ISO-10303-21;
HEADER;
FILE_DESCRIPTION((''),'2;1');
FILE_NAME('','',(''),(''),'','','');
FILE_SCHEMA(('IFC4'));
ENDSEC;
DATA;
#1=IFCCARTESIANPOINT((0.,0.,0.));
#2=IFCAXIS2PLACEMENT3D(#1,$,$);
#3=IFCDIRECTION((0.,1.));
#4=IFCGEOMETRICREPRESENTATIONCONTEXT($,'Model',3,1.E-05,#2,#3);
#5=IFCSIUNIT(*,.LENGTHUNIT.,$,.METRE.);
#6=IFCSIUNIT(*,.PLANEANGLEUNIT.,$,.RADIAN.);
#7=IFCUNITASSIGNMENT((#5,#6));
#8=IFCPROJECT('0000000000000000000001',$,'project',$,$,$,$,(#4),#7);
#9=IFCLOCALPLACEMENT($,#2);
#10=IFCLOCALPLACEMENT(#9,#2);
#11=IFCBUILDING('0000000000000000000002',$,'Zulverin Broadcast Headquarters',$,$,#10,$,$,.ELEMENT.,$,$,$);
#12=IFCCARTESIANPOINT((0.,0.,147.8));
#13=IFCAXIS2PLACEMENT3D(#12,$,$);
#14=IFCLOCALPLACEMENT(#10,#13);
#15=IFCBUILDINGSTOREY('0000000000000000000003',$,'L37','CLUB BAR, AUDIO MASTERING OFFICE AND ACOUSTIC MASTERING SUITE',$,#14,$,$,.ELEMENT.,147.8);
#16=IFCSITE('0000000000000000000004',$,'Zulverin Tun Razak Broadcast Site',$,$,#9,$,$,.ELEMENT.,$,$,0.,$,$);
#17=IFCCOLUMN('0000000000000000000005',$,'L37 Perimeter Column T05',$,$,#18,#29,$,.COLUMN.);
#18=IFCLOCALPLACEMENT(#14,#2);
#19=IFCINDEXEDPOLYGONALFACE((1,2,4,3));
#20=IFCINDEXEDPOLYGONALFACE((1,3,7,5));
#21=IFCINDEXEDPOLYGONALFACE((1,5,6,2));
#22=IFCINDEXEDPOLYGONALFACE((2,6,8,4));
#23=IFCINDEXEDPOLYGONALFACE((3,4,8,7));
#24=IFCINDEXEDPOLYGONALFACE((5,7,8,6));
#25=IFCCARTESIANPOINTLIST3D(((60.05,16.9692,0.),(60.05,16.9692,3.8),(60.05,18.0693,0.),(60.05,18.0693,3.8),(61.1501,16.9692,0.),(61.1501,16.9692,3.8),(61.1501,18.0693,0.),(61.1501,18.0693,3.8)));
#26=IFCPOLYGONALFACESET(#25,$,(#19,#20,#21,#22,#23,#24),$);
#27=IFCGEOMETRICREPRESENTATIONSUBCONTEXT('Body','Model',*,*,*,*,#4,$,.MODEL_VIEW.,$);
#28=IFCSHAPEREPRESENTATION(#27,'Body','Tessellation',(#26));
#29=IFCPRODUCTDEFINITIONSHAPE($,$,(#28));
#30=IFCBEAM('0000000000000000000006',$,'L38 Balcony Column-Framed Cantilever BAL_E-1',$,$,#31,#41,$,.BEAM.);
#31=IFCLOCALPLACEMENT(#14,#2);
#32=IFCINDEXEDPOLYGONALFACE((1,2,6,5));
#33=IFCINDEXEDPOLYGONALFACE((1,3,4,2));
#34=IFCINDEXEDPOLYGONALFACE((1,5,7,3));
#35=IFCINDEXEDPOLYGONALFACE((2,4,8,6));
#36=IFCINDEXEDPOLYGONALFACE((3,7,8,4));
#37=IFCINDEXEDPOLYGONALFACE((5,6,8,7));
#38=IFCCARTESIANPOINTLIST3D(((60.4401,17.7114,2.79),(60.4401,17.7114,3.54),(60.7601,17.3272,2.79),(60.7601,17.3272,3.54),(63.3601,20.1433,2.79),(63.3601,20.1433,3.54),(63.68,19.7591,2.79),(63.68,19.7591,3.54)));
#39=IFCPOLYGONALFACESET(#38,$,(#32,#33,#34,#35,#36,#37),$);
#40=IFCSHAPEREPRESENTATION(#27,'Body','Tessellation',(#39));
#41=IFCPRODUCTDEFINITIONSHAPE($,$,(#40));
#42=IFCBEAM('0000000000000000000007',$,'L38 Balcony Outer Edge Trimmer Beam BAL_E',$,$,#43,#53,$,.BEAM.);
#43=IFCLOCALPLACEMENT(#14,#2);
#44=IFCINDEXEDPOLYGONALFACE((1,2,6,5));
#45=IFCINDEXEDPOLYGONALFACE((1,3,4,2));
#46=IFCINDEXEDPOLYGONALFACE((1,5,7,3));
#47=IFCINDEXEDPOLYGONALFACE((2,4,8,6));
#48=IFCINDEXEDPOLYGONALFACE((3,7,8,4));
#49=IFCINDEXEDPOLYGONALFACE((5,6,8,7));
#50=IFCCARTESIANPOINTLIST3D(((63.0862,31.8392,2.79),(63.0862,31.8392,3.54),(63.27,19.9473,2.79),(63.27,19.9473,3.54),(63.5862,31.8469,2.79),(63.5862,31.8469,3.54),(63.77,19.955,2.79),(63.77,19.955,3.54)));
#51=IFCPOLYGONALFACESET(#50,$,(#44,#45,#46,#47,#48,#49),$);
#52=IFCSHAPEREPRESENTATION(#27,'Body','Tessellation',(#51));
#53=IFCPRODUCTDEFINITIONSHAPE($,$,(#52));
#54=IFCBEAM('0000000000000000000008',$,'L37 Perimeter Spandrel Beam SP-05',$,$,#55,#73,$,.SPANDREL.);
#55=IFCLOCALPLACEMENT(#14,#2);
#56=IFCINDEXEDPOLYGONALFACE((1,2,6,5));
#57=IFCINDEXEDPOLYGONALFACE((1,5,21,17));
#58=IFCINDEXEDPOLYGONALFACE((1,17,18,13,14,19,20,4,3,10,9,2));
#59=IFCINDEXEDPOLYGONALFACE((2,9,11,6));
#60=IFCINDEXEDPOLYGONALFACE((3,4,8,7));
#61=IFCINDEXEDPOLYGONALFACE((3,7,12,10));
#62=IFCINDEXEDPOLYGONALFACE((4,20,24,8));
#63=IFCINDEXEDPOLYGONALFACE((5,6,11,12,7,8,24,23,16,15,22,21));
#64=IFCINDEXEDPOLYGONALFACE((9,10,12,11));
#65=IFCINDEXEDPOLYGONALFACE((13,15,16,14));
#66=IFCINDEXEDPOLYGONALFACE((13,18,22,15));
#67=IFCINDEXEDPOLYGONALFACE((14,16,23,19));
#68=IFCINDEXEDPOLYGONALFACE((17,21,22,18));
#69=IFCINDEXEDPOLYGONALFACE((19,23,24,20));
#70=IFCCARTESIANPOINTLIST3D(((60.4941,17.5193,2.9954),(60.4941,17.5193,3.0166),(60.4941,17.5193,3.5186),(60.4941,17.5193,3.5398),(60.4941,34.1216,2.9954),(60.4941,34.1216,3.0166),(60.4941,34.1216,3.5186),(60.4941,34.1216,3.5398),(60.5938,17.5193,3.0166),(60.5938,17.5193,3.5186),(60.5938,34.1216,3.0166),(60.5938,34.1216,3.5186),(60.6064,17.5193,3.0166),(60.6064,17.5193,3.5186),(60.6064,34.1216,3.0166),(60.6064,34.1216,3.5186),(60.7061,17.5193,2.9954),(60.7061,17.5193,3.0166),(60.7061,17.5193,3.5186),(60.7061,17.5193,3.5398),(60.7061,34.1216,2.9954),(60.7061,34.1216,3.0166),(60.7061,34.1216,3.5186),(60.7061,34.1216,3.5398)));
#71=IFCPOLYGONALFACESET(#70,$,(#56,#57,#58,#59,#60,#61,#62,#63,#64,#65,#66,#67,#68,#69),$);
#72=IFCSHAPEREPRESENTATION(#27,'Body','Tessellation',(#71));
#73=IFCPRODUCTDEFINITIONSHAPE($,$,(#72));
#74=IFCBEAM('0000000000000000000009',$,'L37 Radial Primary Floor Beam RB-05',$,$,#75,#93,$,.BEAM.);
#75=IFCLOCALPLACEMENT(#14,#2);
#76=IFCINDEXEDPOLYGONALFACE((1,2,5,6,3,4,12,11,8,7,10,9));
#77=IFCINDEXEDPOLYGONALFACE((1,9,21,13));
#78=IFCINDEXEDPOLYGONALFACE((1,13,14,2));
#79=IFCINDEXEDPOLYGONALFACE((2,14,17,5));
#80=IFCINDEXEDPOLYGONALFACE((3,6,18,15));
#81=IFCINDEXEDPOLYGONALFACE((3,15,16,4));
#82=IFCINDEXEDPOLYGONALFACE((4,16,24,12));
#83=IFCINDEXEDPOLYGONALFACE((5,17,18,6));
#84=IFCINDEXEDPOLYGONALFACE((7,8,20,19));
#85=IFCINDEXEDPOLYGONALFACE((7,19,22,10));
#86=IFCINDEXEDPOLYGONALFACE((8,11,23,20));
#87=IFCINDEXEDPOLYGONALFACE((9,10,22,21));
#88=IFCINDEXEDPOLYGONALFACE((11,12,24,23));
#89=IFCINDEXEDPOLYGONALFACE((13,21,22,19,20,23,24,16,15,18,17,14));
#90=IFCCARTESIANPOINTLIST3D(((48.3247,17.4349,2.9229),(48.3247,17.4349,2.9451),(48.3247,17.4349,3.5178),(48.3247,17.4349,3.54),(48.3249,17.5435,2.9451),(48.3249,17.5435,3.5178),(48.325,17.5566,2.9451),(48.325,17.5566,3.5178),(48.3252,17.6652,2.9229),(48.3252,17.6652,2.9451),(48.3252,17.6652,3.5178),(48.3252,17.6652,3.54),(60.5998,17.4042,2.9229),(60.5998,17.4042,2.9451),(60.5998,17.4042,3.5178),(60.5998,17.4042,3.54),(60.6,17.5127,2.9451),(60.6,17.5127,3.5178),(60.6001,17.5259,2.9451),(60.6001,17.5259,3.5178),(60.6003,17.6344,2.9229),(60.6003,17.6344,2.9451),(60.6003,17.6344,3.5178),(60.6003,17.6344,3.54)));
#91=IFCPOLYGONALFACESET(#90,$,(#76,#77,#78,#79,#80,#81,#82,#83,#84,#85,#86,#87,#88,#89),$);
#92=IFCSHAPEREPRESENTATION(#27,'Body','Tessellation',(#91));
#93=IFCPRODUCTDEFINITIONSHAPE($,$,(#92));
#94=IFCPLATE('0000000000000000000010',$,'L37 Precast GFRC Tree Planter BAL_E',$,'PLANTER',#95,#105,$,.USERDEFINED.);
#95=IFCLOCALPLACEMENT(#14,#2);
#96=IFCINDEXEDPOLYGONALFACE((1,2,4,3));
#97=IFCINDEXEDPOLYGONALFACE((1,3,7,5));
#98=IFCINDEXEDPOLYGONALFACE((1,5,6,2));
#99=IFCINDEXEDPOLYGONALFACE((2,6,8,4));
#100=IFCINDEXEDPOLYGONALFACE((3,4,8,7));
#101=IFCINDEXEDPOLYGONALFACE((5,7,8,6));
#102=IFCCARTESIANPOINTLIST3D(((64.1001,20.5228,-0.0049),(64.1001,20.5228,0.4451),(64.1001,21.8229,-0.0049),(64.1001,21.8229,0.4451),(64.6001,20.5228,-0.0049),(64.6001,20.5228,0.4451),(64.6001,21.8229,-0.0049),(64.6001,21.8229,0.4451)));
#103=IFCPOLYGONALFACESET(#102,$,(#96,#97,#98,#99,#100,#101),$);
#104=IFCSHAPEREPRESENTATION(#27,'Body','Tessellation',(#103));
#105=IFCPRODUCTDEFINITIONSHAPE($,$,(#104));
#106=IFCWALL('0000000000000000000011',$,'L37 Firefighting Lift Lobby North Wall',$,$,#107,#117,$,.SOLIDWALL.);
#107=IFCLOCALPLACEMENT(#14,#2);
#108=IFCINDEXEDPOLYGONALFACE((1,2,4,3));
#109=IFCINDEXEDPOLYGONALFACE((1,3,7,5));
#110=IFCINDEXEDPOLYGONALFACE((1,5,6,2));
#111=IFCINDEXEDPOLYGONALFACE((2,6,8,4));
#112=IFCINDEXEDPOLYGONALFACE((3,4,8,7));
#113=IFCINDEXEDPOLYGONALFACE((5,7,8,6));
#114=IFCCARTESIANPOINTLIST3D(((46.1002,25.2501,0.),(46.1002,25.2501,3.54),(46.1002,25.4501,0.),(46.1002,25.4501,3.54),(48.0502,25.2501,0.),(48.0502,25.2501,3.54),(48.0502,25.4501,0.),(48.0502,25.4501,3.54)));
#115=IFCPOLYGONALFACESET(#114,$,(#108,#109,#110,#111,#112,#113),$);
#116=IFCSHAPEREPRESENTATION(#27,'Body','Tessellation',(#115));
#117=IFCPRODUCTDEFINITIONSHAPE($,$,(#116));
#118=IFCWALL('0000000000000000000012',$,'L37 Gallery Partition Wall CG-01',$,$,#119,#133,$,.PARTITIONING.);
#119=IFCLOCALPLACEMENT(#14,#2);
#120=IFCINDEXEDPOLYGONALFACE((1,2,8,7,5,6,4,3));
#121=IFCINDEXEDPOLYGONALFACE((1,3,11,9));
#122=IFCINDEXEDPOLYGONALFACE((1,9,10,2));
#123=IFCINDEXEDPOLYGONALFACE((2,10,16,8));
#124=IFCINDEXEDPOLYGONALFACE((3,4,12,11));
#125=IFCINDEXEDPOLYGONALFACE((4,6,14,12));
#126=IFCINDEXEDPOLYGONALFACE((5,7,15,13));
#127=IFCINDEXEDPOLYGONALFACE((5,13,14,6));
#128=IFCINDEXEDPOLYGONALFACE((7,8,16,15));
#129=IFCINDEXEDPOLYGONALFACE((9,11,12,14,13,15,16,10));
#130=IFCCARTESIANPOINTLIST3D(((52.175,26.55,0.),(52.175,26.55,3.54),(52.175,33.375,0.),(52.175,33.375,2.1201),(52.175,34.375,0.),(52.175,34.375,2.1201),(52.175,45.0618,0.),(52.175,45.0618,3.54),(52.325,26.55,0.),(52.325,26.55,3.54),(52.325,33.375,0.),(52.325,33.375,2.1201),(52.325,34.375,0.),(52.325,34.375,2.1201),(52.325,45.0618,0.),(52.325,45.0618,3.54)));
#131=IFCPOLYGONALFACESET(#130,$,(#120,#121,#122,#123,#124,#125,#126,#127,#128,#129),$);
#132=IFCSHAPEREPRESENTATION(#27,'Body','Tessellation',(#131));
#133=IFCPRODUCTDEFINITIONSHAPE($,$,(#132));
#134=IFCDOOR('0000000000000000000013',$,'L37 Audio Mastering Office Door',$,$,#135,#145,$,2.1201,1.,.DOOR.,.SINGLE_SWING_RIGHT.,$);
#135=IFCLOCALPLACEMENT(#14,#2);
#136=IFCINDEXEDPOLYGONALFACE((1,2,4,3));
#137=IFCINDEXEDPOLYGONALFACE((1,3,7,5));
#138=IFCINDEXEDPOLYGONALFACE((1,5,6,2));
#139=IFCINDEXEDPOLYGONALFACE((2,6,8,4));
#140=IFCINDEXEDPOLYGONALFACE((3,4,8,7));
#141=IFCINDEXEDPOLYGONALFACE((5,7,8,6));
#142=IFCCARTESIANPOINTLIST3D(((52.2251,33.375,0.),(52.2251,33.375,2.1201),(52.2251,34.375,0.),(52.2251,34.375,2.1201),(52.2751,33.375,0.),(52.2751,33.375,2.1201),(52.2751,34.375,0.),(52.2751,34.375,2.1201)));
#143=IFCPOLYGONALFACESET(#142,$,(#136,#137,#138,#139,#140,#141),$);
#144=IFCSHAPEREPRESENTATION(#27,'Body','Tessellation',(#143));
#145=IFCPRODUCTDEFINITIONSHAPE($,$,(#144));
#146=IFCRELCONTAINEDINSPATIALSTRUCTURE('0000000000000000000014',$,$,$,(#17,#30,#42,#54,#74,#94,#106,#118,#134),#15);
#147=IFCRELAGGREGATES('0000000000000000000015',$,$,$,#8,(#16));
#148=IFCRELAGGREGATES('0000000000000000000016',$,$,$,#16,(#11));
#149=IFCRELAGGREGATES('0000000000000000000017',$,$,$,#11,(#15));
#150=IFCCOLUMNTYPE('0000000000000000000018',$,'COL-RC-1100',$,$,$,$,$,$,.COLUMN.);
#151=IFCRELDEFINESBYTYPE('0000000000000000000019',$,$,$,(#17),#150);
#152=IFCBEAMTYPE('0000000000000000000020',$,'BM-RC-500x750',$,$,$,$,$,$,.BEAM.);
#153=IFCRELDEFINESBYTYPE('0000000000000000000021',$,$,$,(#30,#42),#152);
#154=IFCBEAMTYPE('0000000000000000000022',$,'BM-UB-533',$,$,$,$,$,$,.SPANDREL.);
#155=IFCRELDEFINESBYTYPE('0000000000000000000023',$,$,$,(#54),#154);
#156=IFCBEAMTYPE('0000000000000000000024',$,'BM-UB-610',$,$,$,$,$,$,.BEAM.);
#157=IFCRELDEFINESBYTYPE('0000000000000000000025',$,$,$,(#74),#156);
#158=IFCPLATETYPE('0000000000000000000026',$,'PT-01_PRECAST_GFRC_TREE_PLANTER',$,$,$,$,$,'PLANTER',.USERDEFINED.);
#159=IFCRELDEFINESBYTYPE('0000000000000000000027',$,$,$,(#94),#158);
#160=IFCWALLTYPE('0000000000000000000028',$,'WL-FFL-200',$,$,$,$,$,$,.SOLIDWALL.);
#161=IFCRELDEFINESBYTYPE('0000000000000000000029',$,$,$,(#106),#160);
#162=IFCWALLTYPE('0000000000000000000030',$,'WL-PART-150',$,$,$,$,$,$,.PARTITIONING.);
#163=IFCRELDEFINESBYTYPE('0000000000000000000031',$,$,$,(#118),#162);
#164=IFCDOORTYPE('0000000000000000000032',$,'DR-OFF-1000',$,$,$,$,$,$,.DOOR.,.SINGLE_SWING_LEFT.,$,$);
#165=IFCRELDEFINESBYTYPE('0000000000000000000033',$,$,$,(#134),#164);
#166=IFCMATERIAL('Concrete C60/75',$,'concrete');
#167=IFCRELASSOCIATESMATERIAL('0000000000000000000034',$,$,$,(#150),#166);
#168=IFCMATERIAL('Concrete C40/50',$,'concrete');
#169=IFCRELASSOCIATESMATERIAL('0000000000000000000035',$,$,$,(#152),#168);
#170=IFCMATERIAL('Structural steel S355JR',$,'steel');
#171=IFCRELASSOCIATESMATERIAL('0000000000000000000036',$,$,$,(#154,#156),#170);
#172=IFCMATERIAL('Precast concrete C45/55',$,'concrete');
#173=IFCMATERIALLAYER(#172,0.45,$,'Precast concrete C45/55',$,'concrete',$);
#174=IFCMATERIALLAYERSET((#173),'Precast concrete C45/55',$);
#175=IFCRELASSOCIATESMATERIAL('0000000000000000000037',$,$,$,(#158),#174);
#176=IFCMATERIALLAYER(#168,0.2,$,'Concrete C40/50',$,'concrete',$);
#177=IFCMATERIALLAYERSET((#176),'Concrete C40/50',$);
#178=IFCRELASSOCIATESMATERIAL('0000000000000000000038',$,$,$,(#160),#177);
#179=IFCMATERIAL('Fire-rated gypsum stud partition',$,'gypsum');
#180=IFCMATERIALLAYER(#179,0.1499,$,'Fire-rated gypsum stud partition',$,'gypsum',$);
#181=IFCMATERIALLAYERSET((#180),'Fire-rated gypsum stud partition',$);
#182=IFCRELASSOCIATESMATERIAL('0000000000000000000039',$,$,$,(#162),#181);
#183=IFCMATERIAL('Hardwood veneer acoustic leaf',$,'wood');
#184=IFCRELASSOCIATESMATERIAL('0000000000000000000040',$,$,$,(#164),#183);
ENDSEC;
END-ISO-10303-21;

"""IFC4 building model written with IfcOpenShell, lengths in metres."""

from ifc_helpers import new_model, si_unit, direction, frame, frame_2d, origin, origin_2d, place, context, subcontext, project, spatial, rectangle, i_section, extrude, material, layer, layer_set, material_profile, profile_set, type_object, element, fill, save


model = new_model("IFC4")

# Units and contexts
model_context = context("Model", 3, precision=1e-05, world=origin(), true_north=direction((0.0, 1.0)))
body_context = subcontext(model_context, "Body", "Model", "MODEL_VIEW")
ifc_project = project(units=[si_unit("LENGTHUNIT", "METRE"), si_unit("PLANEANGLEUNIT", "RADIAN")], contexts=[model_context])

# Site, building, storey
site_placement = place(None, origin())
site = spatial("IfcSite", under=ifc_project, at=site_placement, Name="Zulverin Tun Razak Broadcast Site", CompositionType="ELEMENT", RefElevation=0.0)
building_placement = place(site_placement, origin())
building = spatial("IfcBuilding", under=site, at=building_placement, Name="Zulverin Broadcast Headquarters", CompositionType="ELEMENT")
storey_placement = place(building_placement, frame((0.0, 0.0, 147.8)))
storey = spatial("IfcBuildingStorey", under=building, at=storey_placement, Name="L37", Description="CLUB BAR, AUDIO MASTERING OFFICE AND ACOUSTIC MASTERING SUITE", CompositionType="ELEMENT", Elevation=147.8)

# Column
ifc_material_1 = material(Name="Concrete C60/75", Category="concrete")
ifc_material_profile_1 = material_profile(ifc_material_1, rectangle(XDim=1.1001, YDim=1.1001, at=origin_2d()), Name="Concrete C60/75", Category="concrete")
ifc_profile_set_1 = profile_set([ifc_material_profile_1], Name="Concrete C60/75")
column_type = type_object("IfcColumnType", Name="COL-RC-1100", PredefinedType="COLUMN", material=ifc_profile_set_1)
column_placement = place(storey_placement, frame((60.6001, 17.5193, 0.0), z_axis=(0.0, 0.0, 1.0), x_axis=(1.0, 0.0, 0.0)))
element("IfcColumn", 1, at=column_placement, inside=storey, type_object=column_type, Name="L37 Perimeter Column T05", PredefinedType="COLUMN", context=body_context, shape_type="SweptSolid", body=[
    extrude(rectangle(XDim=1.1001, YDim=1.1001, at=origin_2d()), origin(), (0.0, 0.0, 1.0), 3.8),
])

# Beams
ifc_material_2 = material(Name="Concrete C40/50", Category="concrete")
ifc_material_profile_2 = material_profile(ifc_material_2, rectangle(XDim=0.5, YDim=0.75, at=origin_2d()), Name="Concrete C40/50", Category="concrete")
ifc_profile_set_2 = profile_set([ifc_material_profile_2], Name="Concrete C40/50")
beam_type_1 = type_object("IfcBeamType", Name="BM-RC-500x750", PredefinedType="BEAM", material=ifc_profile_set_2)
beam_1_placement = place(storey_placement, frame((60.6001, 17.5193, 3.165), z_axis=(0.7684, 0.63997, 0.0), x_axis=(-0.63997, 0.7684, 0.0)))
element("IfcBeam", 2, at=beam_1_placement, inside=storey, type_object=beam_type_1, Name="L38 Balcony Column-Framed Cantilever BAL_E-1", PredefinedType="BEAM", context=body_context, shape_type="SweptSolid", body=[
    extrude(rectangle(XDim=0.5, YDim=0.75, at=origin_2d()), origin(), (0.0, 0.0, 1.0), 3.8),
])
beam_2_placement = place(storey_placement, frame((63.52, 19.9512, 3.165), z_axis=(-0.015457, 0.999881, 0.0), x_axis=(-0.999881, -0.015457, 0.0)))
element("IfcBeam", 3, at=beam_2_placement, inside=storey, type_object=beam_type_1, Name="L38 Balcony Outer Edge Trimmer Beam BAL_E", PredefinedType="BEAM", context=body_context, shape_type="SweptSolid", body=[
    extrude(rectangle(XDim=0.5, YDim=0.75, at=origin_2d()), origin(), (0.0, 0.0, 1.0), 11.8933),
])
ifc_material_3 = material(Name="Structural steel S355JR", Category="steel")
ifc_material_profile_3 = material_profile(ifc_material_3, i_section(OverallWidth=0.2119, OverallDepth=0.5444, WebThickness=0.0127, FlangeThickness=0.0212, at=origin_2d()), Name="Structural steel S355JR", Category="steel")
ifc_profile_set_3 = profile_set([ifc_material_profile_3], Name="Structural steel S355JR")
beam_type_2 = type_object("IfcBeamType", Name="BM-UB-533", PredefinedType="SPANDREL", material=ifc_profile_set_3)
beam_3_placement = place(storey_placement, frame((60.6001, 17.5193, 3.2676), z_axis=(0.0, 1.0, 0.0), x_axis=(-1.0, 0.0, 0.0)))
element("IfcBeam", 4, at=beam_3_placement, inside=storey, type_object=beam_type_2, Name="L37 Perimeter Spandrel Beam SP-05", PredefinedType="SPANDREL", context=body_context, shape_type="SweptSolid", body=[
    extrude(i_section(OverallWidth=0.2119, OverallDepth=0.5444, WebThickness=0.0127, FlangeThickness=0.0212, at=origin_2d()), origin(), (0.0, 0.0, 1.0), 16.6023),
])
ifc_material_profile_4 = material_profile(ifc_material_3, i_section(OverallWidth=0.2302, OverallDepth=0.6172, WebThickness=0.0132, FlangeThickness=0.0222, at=origin_2d()), Name="Structural steel S355JR", Category="steel")
ifc_profile_set_4 = profile_set([ifc_material_profile_4], Name="Structural steel S355JR")
beam_type_3 = type_object("IfcBeamType", Name="BM-UB-610", PredefinedType="BEAM", material=ifc_profile_set_4)
beam_4_placement = place(storey_placement, frame((48.325, 17.55, 3.2314), z_axis=(0.999997, -0.002506, 0.0), x_axis=(0.002506, 0.999997, 0.0)))
element("IfcBeam", 5, at=beam_4_placement, inside=storey, type_object=beam_type_3, Name="L37 Radial Primary Floor Beam RB-05", PredefinedType="BEAM", context=body_context, shape_type="SweptSolid", body=[
    extrude(i_section(OverallWidth=0.2302, OverallDepth=0.6172, WebThickness=0.0132, FlangeThickness=0.0222, at=origin_2d()), origin(), (0.0, 0.0, 1.0), 12.2751),
])

# Plate
ifc_material_4 = material(Name="Precast concrete C45/55", Category="concrete")
ifc_layer_1 = layer(ifc_material_4, 0.45, Name="Precast concrete C45/55", Category="concrete")
ifc_layer_set_1 = layer_set([ifc_layer_1], Name="Precast concrete C45/55")
plate_type = type_object("IfcPlateType", Name="PT-01_PRECAST_GFRC_TREE_PLANTER", ElementType="PLANTER", PredefinedType="USERDEFINED", material=ifc_layer_set_1)
plate_placement = place(storey_placement, frame((64.3501, 21.1729, -0.0049), z_axis=(0.0, 0.0, 1.0), x_axis=(0.0, 1.0, 0.0)))
element("IfcPlate", 6, at=plate_placement, inside=storey, type_object=plate_type, Name="L37 Precast GFRC Tree Planter BAL_E", ObjectType="PLANTER", PredefinedType="USERDEFINED", context=body_context, shape_type="SweptSolid", body=[
    extrude(rectangle(XDim=1.3, YDim=0.5, at=origin_2d()), origin(), (0.0, 0.0, 1.0), 0.45),
])

# Wall
ifc_layer_2 = layer(ifc_material_2, 0.2, Name="Concrete C40/50", Category="concrete")
ifc_layer_set_2 = layer_set([ifc_layer_2], Name="Concrete C40/50")
wall_type_1 = type_object("IfcWallType", Name="WL-FFL-200", PredefinedType="SOLIDWALL", material=ifc_layer_set_2)
wall_1_placement = place(storey_placement, frame((46.1001, 25.3501, 0.0), z_axis=(0.0, 0.0, 1.0), x_axis=(1.0, 0.0, 0.0)))
element("IfcWall", 7, at=wall_1_placement, inside=storey, type_object=wall_type_1, Name="L37 Firefighting Lift Lobby North Wall", PredefinedType="SOLIDWALL", context=body_context, shape_type="SweptSolid", body=[
    extrude(rectangle(XDim=1.95, YDim=0.2, at=frame_2d((0.9751, 0.0))), origin(), (0.0, 0.0, 1.0), 3.54),
])

# Wall, opening, door
ifc_material_5 = material(Name="Fire-rated gypsum stud partition", Category="gypsum")
ifc_layer_3 = layer(ifc_material_5, 0.1499, Name="Fire-rated gypsum stud partition", Category="gypsum")
ifc_layer_set_3 = layer_set([ifc_layer_3], Name="Fire-rated gypsum stud partition")
wall_type_2 = type_object("IfcWallType", Name="WL-PART-150", PredefinedType="PARTITIONING", material=ifc_layer_set_3)
wall_2_placement = place(storey_placement, frame((52.25, 26.55, 0.0), z_axis=(0.0, 0.0, 1.0), x_axis=(0.0, 1.0, 0.0)))
wall_2 = element("IfcWall", 8, at=wall_2_placement, inside=storey, type_object=wall_type_2, Name="L37 Gallery Partition Wall CG-01", PredefinedType="PARTITIONING", context=body_context, shape_type="SweptSolid", body=[
    extrude(rectangle(XDim=18.5117, YDim=0.1499, at=frame_2d((9.2559, 0.0))), origin(), (0.0, 0.0, 1.0), 3.54),
])
opening_1_placement = place(wall_2_placement, frame((6.825, 0.0, 0.0)))
opening_1 = element("IfcOpeningElement", 9, at=opening_1_placement, cuts=wall_2, PredefinedType="OPENING", context=body_context, shape_type="SweptSolid", body=[
    extrude(rectangle(XDim=1.0, YDim=2.1201, at=frame_2d((0.5, 1.0601))), frame((0.0, 0.085, 0.0), z_axis=(0.0, -1.0, 0.0), x_axis=(1.0, 0.0, 0.0)), (0.0, 0.0, 1.0), 0.1699),
])
ifc_material_6 = material(Name="Hardwood veneer acoustic leaf", Category="wood")
door_type_1 = type_object("IfcDoorType", Name="DR-OFF-1000", OperationType="SINGLE_SWING_LEFT", PredefinedType="DOOR", material=ifc_material_6)
door_1_placement = place(opening_1_placement, origin())
door_1 = element("IfcDoor", 10, at=door_1_placement, inside=storey, type_object=door_type_1, Name="L37 Audio Mastering Office Door", OperationType="SINGLE_SWING_RIGHT", OverallHeight=2.1201, OverallWidth=1.0, PredefinedType="DOOR", context=body_context, shape_type="SweptSolid", body=[
    extrude(rectangle(XDim=1.0, YDim=2.1201, at=frame_2d((0.5, 1.0601))), frame((0.0, 0.0249, 0.0), z_axis=(0.0, -1.0, 0.0), x_axis=(1.0, 0.0, 0.0)), (0.0, 0.0, 1.0), 0.05),
])
fill(opening_1, door_1)

save(model, "model.ifc")
